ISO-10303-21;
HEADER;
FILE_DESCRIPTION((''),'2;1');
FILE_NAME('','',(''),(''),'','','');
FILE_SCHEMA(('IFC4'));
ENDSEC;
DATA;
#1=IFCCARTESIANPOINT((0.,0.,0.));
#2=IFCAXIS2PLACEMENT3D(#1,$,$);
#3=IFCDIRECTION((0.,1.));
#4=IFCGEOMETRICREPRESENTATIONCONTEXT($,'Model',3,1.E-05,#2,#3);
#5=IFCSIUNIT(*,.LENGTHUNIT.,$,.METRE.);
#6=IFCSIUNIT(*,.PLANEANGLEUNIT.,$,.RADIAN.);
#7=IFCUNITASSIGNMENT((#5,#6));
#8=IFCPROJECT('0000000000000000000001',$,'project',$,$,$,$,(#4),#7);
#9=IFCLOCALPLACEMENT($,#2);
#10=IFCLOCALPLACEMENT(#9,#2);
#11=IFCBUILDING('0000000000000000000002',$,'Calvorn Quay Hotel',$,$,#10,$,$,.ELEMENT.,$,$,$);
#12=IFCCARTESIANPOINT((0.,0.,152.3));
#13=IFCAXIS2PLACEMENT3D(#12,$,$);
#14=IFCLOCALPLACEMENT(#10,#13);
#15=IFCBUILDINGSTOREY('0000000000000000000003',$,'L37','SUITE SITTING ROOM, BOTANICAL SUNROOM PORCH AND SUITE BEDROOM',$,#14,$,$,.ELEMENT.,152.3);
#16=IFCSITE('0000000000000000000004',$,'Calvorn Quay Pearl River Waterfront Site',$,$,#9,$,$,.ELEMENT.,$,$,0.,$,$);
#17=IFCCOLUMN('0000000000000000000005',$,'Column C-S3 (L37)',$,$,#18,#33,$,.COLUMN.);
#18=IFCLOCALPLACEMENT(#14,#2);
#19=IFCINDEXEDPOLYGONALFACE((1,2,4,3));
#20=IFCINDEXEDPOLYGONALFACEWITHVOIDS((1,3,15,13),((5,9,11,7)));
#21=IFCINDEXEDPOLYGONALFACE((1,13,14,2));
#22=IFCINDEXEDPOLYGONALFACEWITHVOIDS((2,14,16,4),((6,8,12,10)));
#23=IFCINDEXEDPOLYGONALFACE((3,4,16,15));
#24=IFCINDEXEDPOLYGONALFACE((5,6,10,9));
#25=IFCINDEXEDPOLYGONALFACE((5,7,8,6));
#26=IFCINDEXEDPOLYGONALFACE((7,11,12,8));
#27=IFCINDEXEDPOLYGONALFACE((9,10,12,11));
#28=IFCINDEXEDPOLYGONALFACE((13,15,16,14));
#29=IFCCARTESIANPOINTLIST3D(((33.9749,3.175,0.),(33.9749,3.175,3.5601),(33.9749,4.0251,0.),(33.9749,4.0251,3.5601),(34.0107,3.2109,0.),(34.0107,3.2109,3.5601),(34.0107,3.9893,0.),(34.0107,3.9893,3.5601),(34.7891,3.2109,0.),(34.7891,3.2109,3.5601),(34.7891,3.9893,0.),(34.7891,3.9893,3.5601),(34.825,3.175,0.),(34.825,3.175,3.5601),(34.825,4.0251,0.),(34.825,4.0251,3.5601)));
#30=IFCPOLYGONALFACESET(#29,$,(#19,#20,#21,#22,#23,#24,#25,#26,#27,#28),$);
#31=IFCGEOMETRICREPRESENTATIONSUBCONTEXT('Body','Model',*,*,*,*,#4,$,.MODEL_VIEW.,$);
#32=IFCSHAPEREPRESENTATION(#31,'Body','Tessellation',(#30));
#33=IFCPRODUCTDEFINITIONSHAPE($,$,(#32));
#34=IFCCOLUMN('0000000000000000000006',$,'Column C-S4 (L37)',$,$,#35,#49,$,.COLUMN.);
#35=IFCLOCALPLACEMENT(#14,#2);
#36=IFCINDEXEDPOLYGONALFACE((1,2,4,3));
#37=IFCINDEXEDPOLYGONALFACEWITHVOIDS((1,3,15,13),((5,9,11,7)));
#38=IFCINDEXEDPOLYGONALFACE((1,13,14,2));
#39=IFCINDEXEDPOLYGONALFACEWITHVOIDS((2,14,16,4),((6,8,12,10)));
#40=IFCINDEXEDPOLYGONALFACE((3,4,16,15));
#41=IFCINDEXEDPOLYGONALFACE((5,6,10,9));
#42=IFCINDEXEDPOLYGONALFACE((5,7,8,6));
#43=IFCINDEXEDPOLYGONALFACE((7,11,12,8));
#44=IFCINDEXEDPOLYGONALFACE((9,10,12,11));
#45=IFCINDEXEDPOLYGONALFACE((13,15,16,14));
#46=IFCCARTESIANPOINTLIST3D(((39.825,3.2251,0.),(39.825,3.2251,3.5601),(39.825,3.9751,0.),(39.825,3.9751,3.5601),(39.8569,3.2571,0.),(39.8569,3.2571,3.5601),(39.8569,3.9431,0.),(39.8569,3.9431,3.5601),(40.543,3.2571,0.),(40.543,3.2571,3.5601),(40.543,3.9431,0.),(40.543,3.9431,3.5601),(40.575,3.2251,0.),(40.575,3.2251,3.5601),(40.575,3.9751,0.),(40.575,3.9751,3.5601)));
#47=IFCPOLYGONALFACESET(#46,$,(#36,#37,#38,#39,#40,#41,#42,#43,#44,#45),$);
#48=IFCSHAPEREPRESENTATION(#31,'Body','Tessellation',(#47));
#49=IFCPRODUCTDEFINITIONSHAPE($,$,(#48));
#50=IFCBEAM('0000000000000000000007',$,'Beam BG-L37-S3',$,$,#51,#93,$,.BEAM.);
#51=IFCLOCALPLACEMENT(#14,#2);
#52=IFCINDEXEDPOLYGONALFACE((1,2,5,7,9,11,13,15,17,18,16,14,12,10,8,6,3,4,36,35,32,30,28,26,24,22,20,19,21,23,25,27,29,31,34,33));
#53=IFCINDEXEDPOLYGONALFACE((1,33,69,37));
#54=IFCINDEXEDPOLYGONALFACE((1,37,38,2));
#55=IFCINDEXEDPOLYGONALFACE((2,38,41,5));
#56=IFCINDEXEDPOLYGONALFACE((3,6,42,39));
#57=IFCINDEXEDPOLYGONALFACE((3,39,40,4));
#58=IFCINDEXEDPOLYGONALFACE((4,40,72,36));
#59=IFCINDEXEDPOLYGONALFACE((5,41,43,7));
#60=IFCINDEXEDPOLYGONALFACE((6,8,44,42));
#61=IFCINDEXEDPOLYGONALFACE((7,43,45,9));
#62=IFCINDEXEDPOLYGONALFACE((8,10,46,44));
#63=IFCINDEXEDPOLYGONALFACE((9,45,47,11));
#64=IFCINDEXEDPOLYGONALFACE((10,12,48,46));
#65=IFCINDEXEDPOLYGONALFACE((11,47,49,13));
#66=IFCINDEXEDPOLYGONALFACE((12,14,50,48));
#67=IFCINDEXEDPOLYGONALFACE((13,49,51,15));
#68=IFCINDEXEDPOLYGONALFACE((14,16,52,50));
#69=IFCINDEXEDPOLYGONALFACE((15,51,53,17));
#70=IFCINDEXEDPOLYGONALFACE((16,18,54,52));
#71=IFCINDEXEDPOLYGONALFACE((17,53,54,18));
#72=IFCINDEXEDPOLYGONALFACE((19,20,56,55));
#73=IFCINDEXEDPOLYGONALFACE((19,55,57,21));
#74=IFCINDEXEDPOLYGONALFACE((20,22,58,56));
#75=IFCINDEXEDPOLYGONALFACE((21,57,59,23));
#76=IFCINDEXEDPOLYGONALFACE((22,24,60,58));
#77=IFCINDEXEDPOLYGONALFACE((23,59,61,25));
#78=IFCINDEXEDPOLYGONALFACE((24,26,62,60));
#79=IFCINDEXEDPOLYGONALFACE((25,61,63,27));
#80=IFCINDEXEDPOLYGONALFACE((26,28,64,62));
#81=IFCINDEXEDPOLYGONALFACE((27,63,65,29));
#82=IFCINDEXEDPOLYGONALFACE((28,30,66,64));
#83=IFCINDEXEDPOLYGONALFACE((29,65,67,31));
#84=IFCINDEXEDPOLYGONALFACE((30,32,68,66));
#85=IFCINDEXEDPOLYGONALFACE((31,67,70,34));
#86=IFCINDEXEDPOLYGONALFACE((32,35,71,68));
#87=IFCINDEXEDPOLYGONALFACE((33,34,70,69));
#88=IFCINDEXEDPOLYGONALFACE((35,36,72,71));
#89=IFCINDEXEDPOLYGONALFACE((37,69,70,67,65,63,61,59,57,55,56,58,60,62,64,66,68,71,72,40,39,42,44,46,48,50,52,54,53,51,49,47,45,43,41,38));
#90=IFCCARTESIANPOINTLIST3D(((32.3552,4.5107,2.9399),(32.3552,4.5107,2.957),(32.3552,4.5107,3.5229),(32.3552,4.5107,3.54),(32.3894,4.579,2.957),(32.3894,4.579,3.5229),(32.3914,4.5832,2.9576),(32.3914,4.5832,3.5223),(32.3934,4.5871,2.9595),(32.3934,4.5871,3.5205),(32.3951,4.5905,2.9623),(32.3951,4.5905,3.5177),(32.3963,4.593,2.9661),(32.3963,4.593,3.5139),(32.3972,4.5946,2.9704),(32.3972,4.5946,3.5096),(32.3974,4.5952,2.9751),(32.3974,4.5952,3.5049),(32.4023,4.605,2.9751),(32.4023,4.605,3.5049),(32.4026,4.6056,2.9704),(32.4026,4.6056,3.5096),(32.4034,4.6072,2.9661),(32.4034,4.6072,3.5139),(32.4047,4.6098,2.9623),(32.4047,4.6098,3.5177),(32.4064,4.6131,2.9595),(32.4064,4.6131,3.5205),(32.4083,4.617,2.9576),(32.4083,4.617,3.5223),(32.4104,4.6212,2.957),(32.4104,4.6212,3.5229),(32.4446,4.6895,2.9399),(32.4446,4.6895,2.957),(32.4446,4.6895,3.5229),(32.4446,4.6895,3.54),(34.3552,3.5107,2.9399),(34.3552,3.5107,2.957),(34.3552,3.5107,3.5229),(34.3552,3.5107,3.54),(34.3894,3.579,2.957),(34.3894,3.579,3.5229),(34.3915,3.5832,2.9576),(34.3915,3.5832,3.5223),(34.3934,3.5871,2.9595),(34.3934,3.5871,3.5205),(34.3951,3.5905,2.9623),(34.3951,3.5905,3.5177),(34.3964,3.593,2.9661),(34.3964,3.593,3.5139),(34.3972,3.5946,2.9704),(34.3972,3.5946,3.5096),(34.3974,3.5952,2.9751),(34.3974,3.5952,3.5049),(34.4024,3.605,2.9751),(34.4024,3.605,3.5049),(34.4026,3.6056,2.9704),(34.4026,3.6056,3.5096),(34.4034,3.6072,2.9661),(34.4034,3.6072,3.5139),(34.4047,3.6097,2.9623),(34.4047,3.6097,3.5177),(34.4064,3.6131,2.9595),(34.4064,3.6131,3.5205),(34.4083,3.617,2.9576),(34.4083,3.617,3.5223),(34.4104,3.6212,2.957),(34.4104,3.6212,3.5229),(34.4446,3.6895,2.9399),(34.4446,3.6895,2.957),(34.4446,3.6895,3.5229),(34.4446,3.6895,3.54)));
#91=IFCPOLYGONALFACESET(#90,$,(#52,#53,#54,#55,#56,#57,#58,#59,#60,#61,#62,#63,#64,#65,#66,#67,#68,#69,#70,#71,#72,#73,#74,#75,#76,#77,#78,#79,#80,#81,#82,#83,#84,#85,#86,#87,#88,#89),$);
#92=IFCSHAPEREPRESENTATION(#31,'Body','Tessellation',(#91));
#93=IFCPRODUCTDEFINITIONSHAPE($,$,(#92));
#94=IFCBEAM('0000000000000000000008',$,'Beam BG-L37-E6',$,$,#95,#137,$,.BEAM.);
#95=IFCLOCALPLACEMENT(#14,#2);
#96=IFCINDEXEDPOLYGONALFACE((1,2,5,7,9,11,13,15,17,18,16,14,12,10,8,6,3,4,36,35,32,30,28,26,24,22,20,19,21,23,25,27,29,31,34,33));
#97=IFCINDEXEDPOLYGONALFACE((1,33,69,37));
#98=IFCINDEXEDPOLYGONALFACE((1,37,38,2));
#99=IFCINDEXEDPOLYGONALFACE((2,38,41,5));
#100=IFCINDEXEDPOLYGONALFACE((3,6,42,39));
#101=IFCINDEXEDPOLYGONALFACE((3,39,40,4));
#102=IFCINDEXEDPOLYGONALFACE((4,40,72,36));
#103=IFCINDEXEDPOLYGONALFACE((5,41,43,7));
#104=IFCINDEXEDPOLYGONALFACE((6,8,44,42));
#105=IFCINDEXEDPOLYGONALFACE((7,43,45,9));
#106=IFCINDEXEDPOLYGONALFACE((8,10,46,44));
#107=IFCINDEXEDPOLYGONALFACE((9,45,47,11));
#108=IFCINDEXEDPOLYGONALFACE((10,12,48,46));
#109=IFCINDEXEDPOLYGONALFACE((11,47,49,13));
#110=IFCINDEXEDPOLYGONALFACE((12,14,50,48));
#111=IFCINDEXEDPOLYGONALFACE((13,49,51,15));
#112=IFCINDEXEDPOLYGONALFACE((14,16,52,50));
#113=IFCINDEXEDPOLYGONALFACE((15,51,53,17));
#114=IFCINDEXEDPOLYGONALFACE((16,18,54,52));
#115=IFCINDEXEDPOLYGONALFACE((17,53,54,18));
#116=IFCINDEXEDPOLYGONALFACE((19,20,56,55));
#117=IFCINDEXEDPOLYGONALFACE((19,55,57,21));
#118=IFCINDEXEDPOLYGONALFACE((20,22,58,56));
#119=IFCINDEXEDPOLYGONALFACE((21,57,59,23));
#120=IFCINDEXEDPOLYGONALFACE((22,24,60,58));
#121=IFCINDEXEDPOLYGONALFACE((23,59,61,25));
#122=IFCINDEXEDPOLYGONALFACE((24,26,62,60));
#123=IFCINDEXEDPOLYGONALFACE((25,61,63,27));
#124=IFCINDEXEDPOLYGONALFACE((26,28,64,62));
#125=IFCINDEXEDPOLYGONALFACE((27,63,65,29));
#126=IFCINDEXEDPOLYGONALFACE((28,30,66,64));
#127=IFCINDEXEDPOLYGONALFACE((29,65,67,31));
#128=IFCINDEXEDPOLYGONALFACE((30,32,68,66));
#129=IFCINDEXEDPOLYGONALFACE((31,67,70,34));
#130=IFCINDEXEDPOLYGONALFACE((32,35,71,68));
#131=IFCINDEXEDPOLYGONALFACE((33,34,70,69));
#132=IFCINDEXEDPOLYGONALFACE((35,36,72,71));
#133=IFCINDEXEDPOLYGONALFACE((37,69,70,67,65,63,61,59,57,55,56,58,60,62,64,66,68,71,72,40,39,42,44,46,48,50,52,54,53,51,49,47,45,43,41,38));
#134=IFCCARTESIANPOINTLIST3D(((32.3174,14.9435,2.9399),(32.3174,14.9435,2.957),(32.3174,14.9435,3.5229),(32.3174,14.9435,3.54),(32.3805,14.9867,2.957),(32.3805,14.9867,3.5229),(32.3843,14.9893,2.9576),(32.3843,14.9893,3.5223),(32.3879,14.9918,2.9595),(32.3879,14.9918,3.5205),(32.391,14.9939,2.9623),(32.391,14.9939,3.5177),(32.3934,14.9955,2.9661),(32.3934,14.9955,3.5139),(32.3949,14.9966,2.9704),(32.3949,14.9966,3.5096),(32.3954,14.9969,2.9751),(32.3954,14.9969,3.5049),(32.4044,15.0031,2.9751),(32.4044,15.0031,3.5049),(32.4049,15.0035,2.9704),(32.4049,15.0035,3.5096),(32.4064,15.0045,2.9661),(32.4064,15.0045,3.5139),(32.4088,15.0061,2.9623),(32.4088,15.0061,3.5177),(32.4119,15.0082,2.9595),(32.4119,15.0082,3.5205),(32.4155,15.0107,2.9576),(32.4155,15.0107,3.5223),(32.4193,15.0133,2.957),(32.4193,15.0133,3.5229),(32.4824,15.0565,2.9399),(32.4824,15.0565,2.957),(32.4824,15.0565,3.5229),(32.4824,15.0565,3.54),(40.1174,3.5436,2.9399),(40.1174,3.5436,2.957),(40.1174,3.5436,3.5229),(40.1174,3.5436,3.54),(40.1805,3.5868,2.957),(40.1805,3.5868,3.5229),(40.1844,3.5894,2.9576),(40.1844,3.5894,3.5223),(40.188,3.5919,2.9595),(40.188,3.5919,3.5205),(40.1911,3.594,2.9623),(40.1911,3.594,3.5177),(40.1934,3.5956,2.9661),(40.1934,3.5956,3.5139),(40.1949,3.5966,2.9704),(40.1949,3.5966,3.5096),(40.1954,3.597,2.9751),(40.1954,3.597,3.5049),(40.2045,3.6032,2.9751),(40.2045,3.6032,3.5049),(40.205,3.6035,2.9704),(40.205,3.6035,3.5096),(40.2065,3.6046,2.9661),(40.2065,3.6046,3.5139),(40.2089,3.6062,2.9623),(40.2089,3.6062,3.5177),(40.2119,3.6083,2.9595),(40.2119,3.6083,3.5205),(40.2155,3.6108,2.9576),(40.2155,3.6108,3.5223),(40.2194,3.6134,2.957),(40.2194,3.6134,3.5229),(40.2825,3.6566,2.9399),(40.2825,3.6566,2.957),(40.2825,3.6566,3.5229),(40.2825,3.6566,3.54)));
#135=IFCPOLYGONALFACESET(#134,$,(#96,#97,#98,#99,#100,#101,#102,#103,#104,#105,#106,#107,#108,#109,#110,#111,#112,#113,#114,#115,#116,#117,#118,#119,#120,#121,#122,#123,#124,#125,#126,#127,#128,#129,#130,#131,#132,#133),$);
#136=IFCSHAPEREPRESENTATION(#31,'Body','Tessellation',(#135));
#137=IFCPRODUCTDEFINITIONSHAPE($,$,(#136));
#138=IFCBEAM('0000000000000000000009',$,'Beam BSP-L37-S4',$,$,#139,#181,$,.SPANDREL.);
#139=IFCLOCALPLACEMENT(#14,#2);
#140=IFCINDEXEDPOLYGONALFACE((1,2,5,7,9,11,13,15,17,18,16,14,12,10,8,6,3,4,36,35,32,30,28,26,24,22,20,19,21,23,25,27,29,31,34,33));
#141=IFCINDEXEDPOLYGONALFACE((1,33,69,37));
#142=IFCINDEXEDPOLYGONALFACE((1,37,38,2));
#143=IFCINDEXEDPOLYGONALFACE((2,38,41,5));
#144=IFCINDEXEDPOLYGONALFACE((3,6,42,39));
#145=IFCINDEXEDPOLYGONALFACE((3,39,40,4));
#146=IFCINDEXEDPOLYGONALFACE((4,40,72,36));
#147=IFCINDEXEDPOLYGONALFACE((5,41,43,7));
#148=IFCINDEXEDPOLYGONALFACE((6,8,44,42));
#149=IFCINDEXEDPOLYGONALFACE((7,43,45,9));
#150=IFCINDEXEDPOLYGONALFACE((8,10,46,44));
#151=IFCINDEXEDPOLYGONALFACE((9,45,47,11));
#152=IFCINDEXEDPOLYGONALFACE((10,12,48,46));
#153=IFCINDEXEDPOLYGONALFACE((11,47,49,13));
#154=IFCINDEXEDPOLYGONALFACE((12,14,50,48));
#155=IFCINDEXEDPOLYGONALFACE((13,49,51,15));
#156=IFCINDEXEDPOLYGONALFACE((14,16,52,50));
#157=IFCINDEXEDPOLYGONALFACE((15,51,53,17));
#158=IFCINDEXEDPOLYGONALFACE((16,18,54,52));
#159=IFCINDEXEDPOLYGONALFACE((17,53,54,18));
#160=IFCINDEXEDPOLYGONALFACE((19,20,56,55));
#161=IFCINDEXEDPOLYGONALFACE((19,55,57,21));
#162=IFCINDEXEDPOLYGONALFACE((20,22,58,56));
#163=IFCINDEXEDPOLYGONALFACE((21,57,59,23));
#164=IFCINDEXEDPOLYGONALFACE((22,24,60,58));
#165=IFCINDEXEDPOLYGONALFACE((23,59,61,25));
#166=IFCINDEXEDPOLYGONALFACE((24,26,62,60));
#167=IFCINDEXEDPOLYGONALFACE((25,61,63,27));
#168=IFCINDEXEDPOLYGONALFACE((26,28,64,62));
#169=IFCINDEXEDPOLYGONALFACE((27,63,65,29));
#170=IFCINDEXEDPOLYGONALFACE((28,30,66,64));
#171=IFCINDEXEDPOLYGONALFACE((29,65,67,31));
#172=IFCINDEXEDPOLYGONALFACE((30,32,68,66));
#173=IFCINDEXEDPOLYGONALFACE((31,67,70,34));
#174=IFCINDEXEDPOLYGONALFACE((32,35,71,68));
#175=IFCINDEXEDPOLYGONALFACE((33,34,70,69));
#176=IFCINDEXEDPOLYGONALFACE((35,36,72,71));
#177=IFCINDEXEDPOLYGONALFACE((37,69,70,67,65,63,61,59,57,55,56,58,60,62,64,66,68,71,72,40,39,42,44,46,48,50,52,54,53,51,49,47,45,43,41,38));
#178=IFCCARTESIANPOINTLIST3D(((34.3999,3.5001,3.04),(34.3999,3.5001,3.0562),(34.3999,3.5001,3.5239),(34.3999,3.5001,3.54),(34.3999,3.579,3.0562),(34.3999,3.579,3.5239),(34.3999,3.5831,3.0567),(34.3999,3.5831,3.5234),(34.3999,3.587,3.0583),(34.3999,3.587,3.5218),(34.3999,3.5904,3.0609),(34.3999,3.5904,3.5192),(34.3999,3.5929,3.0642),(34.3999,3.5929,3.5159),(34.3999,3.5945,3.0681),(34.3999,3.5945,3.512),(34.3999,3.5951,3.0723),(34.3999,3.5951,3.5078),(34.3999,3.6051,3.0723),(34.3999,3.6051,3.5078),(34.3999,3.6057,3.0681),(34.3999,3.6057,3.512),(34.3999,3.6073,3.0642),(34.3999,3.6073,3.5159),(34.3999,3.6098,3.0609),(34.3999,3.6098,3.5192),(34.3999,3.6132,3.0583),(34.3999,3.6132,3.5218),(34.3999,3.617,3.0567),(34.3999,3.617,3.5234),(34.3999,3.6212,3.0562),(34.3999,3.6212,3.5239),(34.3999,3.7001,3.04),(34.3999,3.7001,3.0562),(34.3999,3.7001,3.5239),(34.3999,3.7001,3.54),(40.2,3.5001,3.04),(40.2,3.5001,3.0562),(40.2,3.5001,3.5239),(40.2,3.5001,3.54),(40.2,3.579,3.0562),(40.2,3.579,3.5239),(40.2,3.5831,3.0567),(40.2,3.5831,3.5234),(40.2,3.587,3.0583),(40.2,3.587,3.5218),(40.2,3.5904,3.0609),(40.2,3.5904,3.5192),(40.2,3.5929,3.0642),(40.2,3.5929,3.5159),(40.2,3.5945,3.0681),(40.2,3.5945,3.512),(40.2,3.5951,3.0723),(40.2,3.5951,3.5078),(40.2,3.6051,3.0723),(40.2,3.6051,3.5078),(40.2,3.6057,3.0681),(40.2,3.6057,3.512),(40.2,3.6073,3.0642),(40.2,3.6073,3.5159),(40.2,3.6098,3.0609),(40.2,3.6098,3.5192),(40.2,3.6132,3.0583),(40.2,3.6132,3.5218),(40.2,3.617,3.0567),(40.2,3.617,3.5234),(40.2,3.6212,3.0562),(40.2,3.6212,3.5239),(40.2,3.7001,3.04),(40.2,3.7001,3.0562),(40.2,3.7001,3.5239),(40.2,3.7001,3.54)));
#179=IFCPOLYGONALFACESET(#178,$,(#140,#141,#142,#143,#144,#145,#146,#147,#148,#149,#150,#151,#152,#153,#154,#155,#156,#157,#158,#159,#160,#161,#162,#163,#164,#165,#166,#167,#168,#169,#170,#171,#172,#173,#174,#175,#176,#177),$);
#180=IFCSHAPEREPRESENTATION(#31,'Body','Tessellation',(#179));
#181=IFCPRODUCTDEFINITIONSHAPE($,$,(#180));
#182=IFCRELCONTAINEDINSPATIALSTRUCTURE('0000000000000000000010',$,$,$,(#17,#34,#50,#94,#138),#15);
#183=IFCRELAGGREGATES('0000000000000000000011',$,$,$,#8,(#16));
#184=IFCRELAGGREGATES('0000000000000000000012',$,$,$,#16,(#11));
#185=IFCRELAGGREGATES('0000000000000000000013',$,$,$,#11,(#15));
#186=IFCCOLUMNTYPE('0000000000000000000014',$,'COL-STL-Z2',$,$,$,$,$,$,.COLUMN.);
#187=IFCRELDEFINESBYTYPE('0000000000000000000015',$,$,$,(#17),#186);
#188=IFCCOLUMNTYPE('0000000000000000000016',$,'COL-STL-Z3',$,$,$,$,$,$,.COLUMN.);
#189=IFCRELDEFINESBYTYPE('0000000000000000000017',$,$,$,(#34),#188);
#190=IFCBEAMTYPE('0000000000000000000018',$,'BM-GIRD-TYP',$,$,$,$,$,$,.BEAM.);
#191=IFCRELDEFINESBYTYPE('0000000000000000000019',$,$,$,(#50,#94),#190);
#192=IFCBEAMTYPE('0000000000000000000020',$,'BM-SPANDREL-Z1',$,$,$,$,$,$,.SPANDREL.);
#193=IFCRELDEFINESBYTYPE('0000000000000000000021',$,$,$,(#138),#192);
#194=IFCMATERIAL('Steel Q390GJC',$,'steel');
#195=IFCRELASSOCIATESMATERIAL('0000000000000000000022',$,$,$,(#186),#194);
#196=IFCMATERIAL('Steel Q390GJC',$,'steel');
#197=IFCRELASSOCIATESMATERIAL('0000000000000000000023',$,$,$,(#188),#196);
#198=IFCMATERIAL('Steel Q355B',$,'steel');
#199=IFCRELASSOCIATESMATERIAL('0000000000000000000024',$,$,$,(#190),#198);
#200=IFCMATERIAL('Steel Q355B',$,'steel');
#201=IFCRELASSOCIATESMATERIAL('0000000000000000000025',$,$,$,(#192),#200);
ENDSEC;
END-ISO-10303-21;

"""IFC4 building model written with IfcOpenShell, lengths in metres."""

from ifc_helpers import new_model, si_unit, direction, frame, origin, origin_2d, place, context, subcontext, project, spatial, hollow_rectangle, i_section, extrude, material, material_profile, profile_set, type_object, element, save


model = new_model("IFC4")

# Units and contexts
model_context = context("Model", 3, precision=1e-05, world=origin(), true_north=direction((0.0, 1.0)))
body_context = subcontext(model_context, "Body", "Model", "MODEL_VIEW")
ifc_project = project(units=[si_unit("LENGTHUNIT", "METRE"), si_unit("PLANEANGLEUNIT", "RADIAN")], contexts=[model_context])

# Site, building, storey
site_placement = place(None, origin())
site = spatial("IfcSite", under=ifc_project, at=site_placement, Name="Calvorn Quay Pearl River Waterfront Site", CompositionType="ELEMENT", RefElevation=0.0)
building_placement = place(site_placement, origin())
building = spatial("IfcBuilding", under=site, at=building_placement, Name="Calvorn Quay Hotel", CompositionType="ELEMENT")
storey_placement = place(building_placement, frame((0.0, 0.0, 152.3)))
storey = spatial("IfcBuildingStorey", under=building, at=storey_placement, Name="L37", Description="SUITE SITTING ROOM, BOTANICAL SUNROOM PORCH AND SUITE BEDROOM", CompositionType="ELEMENT", Elevation=152.3)

# Columns
ifc_material_1 = material(Name="Steel Q390GJC", Category="steel")
ifc_material_profile_1 = material_profile(ifc_material_1, hollow_rectangle(XDim=0.8501, YDim=0.8501, WallThickness=0.0359, at=origin_2d()), Name="BOX850x850x36")
ifc_profile_set_1 = profile_set([ifc_material_profile_1], Name="Steel Q390GJC")
column_type_1 = type_object("IfcColumnType", Name="COL-STL-Z2", PredefinedType="COLUMN", material=ifc_profile_set_1)
column_1_placement = place(storey_placement, frame((34.3999, 3.6001, 0.0), z_axis=(0.0, 0.0, 1.0), x_axis=(1.0, 0.0, 0.0)))
element("IfcColumn", 1, at=column_1_placement, inside=storey, type_object=column_type_1, Name="Column C-S3 (L37)", PredefinedType="COLUMN", context=body_context, shape_type="SweptSolid", body=[
    extrude(hollow_rectangle(XDim=0.8501, YDim=0.8501, WallThickness=0.0359, at=origin_2d()), origin(), (0.0, 0.0, 1.0), 3.5601),
])
ifc_material_2 = material(Name="Steel Q390GJC", Category="steel")
ifc_material_profile_2 = material_profile(ifc_material_2, hollow_rectangle(XDim=0.75, YDim=0.75, WallThickness=0.032, at=origin_2d()), Name="BOX750x750x32")
ifc_profile_set_2 = profile_set([ifc_material_profile_2], Name="Steel Q390GJC")
column_type_2 = type_object("IfcColumnType", Name="COL-STL-Z3", PredefinedType="COLUMN", material=ifc_profile_set_2)
column_2_placement = place(storey_placement, frame((40.2, 3.6001, 0.0), z_axis=(0.0, 0.0, 1.0), x_axis=(1.0, 0.0, 0.0)))
element("IfcColumn", 2, at=column_2_placement, inside=storey, type_object=column_type_2, Name="Column C-S4 (L37)", PredefinedType="COLUMN", context=body_context, shape_type="SweptSolid", body=[
    extrude(hollow_rectangle(XDim=0.75, YDim=0.75, WallThickness=0.032, at=origin_2d()), origin(), (0.0, 0.0, 1.0), 3.5601),
])

# Beams
ifc_material_3 = material(Name="Steel Q355B", Category="steel")
ifc_material_profile_3 = material_profile(ifc_material_3, i_section(OverallWidth=0.2, OverallDepth=0.6001, WebThickness=0.011, FlangeThickness=0.0171, FilletRadius=0.0181, at=origin_2d()), Name="HN600x200x11x17")
ifc_profile_set_3 = profile_set([ifc_material_profile_3], Name="Steel Q355B")
beam_type_1 = type_object("IfcBeamType", Name="BM-GIRD-TYP", PredefinedType="BEAM", material=ifc_profile_set_3)
beam_1_placement = place(storey_placement, frame((34.3999, 3.6001, 3.24), z_axis=(-0.894427, 0.447214, 0.0), x_axis=(-0.447214, -0.894427, 0.0)))
element("IfcBeam", 3, at=beam_1_placement, inside=storey, type_object=beam_type_1, Name="Beam BG-L37-S3", PredefinedType="BEAM", context=body_context, shape_type="SweptSolid", body=[
    extrude(i_section(OverallWidth=0.2, OverallDepth=0.6001, WebThickness=0.011, FlangeThickness=0.0171, FilletRadius=0.0181, at=origin_2d()), origin(), (0.0, 0.0, 1.0), 2.2361),
])
beam_2_placement = place(storey_placement, frame((40.2, 3.6001, 3.24), z_axis=(-0.56469, 0.825303, 0.0), x_axis=(-0.825303, -0.56469, 0.0)))
element("IfcBeam", 4, at=beam_2_placement, inside=storey, type_object=beam_type_1, Name="Beam BG-L37-E6", PredefinedType="BEAM", context=body_context, shape_type="SweptSolid", body=[
    extrude(i_section(OverallWidth=0.2, OverallDepth=0.6001, WebThickness=0.011, FlangeThickness=0.0171, FilletRadius=0.0181, at=origin_2d()), origin(), (0.0, 0.0, 1.0), 13.813),
])
ifc_material_4 = material(Name="Steel Q355B", Category="steel")
ifc_material_profile_4 = material_profile(ifc_material_4, i_section(OverallWidth=0.2, OverallDepth=0.5, WebThickness=0.01, FlangeThickness=0.0161, FilletRadius=0.0161, at=origin_2d()), Name="HN500x200x10x16")
ifc_profile_set_4 = profile_set([ifc_material_profile_4], Name="Steel Q355B")
beam_type_2 = type_object("IfcBeamType", Name="BM-SPANDREL-Z1", PredefinedType="SPANDREL", material=ifc_profile_set_4)
beam_3_placement = place(storey_placement, frame((34.3999, 3.6001, 3.29), z_axis=(1.0, 0.0, 0.0), x_axis=(0.0, 1.0, 0.0)))
element("IfcBeam", 5, at=beam_3_placement, inside=storey, type_object=beam_type_2, Name="Beam BSP-L37-S4", PredefinedType="SPANDREL", context=body_context, shape_type="SweptSolid", body=[
    extrude(i_section(OverallWidth=0.2, OverallDepth=0.5, WebThickness=0.01, FlangeThickness=0.0161, FilletRadius=0.0161, at=origin_2d()), origin(), (0.0, 0.0, 1.0), 5.8),
])

save(model, "model.ifc")
